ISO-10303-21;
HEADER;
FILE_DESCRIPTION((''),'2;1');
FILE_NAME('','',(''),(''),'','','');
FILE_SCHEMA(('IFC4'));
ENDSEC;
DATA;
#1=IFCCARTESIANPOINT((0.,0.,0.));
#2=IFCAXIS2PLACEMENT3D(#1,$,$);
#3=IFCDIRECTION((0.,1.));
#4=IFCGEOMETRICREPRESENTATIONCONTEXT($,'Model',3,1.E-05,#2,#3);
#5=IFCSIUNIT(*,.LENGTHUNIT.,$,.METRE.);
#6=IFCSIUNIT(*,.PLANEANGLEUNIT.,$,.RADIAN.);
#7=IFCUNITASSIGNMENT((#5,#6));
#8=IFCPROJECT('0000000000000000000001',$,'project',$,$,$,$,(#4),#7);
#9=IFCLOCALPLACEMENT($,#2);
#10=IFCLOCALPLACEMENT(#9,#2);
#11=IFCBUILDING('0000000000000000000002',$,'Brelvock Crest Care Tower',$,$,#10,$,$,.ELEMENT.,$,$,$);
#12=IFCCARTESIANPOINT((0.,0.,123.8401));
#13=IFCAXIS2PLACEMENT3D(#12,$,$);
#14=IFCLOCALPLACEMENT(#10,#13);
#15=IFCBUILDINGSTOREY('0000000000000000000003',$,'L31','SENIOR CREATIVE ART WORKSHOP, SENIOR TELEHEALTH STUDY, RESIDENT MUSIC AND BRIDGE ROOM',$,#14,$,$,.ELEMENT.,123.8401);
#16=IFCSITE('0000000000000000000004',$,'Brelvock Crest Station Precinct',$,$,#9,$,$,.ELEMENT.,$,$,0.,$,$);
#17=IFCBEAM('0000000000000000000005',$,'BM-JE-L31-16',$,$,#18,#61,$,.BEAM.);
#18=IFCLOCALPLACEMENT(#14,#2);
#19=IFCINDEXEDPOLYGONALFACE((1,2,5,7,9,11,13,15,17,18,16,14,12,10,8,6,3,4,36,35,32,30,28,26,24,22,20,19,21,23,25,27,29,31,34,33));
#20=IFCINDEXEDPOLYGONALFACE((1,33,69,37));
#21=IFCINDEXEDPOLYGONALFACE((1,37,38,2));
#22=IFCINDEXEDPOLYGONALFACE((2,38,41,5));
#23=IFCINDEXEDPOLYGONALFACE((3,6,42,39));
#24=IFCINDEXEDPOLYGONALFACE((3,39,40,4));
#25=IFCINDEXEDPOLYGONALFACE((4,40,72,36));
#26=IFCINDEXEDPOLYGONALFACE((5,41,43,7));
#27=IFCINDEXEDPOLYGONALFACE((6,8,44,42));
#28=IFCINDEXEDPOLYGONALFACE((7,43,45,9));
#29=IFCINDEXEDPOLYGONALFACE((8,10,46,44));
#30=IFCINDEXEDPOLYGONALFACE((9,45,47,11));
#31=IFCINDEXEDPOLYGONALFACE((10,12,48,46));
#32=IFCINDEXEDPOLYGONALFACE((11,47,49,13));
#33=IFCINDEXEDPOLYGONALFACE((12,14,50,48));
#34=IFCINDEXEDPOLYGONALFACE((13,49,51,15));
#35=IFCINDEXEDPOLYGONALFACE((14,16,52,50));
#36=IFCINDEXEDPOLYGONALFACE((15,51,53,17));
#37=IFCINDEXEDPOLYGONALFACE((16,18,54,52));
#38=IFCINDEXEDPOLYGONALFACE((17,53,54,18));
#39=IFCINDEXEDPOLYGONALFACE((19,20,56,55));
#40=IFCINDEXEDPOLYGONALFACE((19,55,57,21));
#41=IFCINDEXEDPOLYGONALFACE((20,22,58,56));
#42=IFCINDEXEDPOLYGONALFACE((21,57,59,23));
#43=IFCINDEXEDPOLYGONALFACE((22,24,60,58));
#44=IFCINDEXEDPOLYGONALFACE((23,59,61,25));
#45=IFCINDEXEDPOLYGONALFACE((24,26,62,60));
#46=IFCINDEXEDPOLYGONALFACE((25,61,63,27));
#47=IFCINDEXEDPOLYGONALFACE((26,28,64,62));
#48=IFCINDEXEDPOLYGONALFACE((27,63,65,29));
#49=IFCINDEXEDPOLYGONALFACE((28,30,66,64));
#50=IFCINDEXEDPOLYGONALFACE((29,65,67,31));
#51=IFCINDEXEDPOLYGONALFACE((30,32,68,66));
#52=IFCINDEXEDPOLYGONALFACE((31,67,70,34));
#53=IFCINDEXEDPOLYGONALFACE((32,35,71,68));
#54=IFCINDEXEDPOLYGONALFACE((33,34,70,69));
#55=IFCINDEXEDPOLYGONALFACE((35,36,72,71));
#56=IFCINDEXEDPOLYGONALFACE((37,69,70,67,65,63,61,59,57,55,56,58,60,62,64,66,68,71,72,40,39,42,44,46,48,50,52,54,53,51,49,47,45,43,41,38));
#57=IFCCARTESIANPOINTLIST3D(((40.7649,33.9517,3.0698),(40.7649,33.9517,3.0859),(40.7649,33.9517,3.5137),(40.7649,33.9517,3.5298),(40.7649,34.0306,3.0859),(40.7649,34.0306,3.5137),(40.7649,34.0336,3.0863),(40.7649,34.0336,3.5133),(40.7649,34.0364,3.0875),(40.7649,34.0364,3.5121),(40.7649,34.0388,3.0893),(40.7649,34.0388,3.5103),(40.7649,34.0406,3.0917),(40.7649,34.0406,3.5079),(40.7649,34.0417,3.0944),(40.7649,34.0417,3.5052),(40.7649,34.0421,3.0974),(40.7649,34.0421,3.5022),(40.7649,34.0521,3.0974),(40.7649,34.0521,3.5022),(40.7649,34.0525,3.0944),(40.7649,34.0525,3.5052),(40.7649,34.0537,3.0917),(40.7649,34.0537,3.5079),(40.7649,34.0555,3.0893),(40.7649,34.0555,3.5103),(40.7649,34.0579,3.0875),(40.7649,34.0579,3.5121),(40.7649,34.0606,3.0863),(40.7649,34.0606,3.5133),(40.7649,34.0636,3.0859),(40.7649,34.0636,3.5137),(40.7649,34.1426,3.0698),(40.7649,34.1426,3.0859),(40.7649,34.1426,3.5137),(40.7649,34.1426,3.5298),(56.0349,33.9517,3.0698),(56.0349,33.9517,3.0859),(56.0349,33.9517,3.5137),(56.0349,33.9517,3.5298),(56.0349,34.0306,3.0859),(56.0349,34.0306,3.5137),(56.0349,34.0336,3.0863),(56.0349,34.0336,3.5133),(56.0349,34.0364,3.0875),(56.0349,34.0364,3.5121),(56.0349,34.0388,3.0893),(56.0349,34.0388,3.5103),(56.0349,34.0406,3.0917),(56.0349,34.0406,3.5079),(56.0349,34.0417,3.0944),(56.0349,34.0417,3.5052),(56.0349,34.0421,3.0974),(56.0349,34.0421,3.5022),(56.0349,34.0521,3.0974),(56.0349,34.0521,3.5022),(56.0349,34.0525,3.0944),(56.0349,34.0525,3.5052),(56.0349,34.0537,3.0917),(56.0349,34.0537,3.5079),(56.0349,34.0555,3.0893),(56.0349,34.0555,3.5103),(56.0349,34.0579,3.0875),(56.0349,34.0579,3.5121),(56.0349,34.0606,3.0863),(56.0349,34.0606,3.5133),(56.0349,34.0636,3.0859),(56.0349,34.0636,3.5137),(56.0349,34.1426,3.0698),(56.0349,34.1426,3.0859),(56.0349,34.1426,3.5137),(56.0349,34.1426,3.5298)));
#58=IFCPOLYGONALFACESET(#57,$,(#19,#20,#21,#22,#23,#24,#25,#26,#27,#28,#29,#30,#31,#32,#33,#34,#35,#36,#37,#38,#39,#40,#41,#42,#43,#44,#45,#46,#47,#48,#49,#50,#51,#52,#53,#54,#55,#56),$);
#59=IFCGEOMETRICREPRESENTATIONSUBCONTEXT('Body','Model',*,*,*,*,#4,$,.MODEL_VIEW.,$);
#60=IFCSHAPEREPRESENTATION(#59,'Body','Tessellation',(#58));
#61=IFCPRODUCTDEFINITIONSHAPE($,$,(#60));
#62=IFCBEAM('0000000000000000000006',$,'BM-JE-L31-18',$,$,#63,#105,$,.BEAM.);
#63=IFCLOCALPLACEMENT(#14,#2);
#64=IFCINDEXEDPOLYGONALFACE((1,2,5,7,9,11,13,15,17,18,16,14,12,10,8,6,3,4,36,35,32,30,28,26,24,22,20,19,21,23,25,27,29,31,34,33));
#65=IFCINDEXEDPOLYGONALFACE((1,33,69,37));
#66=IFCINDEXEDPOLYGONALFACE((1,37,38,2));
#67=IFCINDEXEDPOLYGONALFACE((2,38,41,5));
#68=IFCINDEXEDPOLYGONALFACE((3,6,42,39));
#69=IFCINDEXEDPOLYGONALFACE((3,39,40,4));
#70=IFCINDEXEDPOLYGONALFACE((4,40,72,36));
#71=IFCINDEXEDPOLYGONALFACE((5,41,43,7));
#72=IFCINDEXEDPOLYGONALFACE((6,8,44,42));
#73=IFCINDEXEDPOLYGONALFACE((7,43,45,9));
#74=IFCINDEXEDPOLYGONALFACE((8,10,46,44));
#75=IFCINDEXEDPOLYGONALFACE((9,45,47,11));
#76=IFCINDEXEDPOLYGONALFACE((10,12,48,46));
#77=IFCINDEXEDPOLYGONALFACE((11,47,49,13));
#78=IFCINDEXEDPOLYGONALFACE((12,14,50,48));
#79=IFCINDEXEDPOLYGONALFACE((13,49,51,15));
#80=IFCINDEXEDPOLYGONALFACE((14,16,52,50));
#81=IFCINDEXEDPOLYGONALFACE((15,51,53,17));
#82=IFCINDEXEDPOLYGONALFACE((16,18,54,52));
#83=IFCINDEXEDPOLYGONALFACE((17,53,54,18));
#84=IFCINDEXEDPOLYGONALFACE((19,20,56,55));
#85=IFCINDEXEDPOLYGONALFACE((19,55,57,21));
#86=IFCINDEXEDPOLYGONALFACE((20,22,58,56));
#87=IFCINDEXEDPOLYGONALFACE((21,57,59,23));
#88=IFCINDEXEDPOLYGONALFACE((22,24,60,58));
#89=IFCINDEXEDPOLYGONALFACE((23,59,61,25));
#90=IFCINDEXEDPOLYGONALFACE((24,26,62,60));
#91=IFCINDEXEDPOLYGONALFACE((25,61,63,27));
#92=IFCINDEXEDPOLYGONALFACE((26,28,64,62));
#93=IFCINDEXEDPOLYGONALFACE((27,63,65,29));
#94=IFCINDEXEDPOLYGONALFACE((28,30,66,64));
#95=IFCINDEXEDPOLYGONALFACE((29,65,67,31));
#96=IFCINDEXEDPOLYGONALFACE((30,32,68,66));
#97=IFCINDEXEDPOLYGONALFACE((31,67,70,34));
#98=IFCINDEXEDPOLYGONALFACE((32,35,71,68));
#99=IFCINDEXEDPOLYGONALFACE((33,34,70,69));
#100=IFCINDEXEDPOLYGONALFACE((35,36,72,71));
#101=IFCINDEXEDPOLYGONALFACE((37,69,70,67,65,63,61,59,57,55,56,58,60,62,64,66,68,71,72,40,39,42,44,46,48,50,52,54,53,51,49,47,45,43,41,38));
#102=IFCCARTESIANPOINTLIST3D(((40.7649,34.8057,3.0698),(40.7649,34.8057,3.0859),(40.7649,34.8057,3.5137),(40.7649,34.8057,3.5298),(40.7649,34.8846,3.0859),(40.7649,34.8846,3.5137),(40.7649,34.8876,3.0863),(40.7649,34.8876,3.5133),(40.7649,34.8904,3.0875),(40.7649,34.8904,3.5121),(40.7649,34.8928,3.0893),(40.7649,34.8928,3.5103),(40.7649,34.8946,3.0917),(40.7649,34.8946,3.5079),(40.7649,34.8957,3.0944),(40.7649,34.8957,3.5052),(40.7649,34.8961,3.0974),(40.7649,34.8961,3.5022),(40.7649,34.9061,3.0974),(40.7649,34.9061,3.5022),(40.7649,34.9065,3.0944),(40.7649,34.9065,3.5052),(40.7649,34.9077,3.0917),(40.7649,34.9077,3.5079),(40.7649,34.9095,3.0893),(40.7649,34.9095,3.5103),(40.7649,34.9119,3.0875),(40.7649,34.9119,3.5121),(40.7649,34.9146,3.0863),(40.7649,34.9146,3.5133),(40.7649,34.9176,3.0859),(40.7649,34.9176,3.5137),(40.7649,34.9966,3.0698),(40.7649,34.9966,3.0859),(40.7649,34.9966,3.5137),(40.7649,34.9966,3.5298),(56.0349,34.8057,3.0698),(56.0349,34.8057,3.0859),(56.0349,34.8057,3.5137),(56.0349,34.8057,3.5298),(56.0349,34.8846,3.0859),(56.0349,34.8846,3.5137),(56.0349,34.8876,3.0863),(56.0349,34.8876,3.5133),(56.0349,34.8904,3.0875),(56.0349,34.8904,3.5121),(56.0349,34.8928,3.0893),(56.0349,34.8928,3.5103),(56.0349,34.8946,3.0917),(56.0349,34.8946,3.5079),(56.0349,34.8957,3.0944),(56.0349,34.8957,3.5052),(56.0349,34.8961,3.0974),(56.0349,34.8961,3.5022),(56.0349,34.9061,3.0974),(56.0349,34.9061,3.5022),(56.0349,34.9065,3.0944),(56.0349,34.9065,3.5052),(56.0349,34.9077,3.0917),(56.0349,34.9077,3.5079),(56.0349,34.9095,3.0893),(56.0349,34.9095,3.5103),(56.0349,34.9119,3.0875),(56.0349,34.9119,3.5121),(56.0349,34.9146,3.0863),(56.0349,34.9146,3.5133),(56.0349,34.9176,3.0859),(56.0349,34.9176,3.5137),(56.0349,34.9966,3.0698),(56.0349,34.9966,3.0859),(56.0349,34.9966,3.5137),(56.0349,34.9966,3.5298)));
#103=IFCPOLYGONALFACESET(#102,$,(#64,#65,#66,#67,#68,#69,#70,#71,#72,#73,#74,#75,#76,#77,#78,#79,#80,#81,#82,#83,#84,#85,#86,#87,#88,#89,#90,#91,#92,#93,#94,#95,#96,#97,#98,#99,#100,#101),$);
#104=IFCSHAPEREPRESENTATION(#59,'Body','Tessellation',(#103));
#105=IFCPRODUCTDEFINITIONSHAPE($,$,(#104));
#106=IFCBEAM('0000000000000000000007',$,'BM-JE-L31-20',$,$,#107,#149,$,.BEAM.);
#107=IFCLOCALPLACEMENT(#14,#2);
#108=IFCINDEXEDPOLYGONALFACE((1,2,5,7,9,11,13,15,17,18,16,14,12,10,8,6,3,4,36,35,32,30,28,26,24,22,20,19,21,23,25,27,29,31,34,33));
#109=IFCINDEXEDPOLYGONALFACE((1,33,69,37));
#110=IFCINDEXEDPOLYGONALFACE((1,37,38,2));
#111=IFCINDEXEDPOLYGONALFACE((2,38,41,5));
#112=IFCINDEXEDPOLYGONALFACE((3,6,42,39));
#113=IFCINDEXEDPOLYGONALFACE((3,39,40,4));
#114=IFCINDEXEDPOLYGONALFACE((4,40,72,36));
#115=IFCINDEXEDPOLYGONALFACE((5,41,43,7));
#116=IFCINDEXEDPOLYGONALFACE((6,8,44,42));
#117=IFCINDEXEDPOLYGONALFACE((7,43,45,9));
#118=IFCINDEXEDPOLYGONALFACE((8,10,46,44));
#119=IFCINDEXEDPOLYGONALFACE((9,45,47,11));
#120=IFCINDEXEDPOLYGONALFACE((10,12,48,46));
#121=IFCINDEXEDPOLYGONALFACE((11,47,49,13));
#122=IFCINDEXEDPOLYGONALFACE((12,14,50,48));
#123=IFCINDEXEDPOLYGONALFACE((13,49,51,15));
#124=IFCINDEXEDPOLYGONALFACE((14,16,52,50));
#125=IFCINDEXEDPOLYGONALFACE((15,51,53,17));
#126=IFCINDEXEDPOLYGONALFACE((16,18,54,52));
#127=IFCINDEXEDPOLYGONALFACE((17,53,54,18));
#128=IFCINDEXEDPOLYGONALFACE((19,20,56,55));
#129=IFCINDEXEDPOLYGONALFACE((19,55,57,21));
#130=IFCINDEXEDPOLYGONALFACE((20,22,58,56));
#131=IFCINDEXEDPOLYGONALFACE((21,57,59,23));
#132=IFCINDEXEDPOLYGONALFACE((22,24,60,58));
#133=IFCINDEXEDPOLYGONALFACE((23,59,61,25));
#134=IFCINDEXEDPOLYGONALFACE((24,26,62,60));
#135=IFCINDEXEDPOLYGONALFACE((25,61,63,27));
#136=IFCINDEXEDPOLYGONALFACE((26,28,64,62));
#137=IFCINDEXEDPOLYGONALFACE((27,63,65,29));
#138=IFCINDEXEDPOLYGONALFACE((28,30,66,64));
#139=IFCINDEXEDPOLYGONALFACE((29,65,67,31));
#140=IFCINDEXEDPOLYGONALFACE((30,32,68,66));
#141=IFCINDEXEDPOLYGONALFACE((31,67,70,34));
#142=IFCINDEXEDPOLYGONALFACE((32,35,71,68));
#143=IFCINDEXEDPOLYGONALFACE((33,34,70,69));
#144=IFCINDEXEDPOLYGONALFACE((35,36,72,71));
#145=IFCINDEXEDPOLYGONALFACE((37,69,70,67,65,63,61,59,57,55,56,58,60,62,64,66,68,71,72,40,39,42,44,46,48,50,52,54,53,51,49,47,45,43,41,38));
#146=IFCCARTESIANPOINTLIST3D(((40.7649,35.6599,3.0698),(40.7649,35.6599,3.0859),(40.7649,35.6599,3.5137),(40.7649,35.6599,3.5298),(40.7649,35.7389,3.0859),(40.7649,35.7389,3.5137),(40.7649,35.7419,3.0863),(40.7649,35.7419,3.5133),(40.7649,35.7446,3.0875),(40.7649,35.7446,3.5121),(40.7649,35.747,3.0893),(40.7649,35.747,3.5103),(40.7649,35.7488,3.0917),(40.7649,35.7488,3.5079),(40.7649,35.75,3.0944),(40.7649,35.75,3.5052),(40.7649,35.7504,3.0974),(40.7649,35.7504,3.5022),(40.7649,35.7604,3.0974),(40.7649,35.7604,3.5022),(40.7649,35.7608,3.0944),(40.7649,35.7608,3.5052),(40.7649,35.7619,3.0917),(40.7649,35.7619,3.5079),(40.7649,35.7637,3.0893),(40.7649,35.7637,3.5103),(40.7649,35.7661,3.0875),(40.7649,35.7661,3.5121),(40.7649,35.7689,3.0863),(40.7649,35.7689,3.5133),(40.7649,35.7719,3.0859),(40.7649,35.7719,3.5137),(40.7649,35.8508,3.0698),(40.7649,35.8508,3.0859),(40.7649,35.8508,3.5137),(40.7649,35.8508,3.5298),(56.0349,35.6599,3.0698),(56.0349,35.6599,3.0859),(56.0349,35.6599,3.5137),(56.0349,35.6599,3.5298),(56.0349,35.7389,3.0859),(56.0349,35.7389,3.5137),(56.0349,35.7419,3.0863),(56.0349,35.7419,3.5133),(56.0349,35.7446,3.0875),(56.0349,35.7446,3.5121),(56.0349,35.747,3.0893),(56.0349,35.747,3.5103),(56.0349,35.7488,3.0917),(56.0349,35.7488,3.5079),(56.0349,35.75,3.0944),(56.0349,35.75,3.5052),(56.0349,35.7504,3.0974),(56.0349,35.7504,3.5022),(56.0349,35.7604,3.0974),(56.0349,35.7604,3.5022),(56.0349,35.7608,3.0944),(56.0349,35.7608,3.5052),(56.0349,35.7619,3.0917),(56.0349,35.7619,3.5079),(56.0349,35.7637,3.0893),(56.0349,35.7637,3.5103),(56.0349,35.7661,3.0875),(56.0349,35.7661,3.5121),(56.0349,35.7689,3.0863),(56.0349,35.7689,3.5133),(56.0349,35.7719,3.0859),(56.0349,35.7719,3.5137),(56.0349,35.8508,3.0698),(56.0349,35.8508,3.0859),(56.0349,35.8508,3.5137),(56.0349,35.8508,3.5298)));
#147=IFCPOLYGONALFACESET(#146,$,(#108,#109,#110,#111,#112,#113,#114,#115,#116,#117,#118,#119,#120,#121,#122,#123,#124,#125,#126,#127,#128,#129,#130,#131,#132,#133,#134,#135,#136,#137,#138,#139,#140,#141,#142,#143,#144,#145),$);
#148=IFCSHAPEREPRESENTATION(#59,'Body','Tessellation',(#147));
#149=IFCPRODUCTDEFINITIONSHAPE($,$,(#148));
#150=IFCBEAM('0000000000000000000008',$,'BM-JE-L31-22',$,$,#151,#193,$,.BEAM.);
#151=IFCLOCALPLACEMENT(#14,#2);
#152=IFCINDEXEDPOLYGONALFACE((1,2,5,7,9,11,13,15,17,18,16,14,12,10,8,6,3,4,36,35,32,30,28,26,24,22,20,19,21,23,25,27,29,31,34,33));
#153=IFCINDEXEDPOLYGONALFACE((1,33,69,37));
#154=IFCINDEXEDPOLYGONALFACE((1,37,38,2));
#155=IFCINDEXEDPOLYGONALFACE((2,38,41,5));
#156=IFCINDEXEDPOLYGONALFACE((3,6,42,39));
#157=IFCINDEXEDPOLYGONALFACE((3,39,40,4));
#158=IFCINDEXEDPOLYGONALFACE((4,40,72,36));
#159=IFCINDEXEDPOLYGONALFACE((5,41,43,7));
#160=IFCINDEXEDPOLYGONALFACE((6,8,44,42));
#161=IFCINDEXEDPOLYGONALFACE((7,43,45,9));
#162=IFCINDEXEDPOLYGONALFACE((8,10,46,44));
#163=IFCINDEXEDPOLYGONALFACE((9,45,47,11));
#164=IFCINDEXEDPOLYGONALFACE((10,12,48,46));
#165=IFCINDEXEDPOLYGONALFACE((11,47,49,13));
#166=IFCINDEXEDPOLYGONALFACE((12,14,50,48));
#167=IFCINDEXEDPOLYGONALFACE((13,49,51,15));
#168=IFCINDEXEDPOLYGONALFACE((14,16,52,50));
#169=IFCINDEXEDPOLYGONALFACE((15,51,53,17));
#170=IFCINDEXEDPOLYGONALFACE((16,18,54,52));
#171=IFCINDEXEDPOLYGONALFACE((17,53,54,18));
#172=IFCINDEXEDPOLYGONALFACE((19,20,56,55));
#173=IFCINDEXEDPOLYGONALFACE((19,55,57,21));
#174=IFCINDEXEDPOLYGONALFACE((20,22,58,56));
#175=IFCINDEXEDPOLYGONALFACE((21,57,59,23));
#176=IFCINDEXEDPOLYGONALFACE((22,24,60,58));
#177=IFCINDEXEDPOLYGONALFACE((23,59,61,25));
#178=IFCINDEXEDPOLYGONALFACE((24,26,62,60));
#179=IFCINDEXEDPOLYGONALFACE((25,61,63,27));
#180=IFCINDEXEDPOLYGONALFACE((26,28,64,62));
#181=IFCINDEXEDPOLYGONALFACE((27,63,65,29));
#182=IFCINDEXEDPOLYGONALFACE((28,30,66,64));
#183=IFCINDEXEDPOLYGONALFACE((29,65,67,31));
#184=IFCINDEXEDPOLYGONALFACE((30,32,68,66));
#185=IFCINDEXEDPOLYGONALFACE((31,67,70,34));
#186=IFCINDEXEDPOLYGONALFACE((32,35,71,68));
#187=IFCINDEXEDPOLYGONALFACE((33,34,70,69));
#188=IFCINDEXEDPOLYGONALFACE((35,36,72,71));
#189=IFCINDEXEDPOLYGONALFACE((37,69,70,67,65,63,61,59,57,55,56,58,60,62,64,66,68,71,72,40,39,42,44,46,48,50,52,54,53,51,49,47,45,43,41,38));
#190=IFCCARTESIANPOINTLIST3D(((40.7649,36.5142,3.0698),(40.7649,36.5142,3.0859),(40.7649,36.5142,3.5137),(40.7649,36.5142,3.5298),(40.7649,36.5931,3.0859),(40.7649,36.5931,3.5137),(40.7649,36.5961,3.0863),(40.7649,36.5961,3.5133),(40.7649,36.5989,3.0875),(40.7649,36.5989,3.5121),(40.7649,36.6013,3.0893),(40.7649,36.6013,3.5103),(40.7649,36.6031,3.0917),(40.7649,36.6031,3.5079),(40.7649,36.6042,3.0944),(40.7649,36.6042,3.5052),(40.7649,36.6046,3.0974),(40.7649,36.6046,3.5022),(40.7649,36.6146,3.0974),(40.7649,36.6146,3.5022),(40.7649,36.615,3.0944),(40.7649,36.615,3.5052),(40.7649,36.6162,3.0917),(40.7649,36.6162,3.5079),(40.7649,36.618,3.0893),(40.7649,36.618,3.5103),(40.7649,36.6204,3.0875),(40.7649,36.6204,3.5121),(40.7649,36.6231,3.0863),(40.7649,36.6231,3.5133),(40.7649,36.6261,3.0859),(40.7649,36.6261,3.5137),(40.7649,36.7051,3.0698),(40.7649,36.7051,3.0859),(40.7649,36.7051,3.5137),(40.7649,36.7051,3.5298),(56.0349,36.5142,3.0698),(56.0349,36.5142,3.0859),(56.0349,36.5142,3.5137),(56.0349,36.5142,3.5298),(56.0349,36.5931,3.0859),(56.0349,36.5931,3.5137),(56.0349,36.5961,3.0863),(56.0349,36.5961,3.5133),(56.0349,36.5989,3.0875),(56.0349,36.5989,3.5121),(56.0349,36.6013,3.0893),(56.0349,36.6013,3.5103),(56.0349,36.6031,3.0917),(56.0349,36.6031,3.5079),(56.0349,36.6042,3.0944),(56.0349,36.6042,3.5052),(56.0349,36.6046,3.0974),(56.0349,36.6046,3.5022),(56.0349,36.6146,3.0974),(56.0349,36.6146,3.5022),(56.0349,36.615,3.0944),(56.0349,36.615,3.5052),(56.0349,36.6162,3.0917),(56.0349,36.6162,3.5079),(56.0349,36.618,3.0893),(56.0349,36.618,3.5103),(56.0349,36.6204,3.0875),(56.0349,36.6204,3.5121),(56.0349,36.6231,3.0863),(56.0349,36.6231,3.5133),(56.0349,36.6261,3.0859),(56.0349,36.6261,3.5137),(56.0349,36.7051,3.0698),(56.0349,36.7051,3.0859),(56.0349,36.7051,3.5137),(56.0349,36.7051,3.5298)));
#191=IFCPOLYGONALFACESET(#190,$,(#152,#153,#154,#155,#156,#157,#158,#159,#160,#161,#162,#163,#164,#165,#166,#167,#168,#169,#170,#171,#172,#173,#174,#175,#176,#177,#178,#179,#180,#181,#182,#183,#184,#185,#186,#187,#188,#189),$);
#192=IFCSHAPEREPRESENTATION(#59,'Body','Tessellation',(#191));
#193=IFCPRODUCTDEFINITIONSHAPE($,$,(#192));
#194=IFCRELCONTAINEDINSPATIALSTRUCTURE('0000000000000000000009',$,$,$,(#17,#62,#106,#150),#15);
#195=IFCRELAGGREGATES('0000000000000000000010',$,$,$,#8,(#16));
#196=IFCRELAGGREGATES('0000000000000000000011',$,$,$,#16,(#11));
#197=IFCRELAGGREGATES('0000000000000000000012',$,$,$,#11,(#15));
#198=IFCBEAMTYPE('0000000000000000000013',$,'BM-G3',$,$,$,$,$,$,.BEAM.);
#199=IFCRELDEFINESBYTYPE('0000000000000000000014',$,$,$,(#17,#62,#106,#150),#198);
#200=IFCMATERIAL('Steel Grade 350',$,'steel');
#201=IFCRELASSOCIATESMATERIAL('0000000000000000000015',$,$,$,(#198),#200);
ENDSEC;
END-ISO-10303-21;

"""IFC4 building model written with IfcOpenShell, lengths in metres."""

from ifc_helpers import new_model, si_unit, direction, frame, origin, origin_2d, place, context, subcontext, project, spatial, i_section, extrude, source, transform, mapped, material, material_profile, profile_set, type_object, element, save


model = new_model("IFC4")

# Units and contexts
model_context = context("Model", 3, precision=1e-05, world=origin(), true_north=direction((0.0, 1.0)))
body_context = subcontext(model_context, "Body", "Model", "MODEL_VIEW")
ifc_project = project(units=[si_unit("LENGTHUNIT", "METRE"), si_unit("PLANEANGLEUNIT", "RADIAN")], contexts=[model_context])

# Site, building, storey
site_placement = place(None, origin())
site = spatial("IfcSite", under=ifc_project, at=site_placement, Name="Brelvock Crest Station Precinct", CompositionType="ELEMENT", RefElevation=0.0)
building_placement = place(site_placement, origin())
building = spatial("IfcBuilding", under=site, at=building_placement, Name="Brelvock Crest Care Tower", CompositionType="ELEMENT")
storey_placement = place(building_placement, frame((0.0, 0.0, 123.8401)))
storey = spatial("IfcBuildingStorey", under=building, at=storey_placement, Name="L31", Description="SENIOR CREATIVE ART WORKSHOP, SENIOR TELEHEALTH STUDY, RESIDENT MUSIC AND BRIDGE ROOM", CompositionType="ELEMENT", Elevation=123.8401)

# Beams
ifc_material_1 = material(Name="Steel Grade 350", Category="steel")
ifc_material_profile_1 = material_profile(ifc_material_1, i_section(OverallWidth=0.1909, OverallDepth=0.46, WebThickness=0.01, FlangeThickness=0.0161, FilletRadius=0.0115, at=origin_2d()), Name="460UB82.1")
ifc_profile_set_1 = profile_set([ifc_material_profile_1], Name="Steel Grade 350")
beam_type_1 = type_object("IfcBeamType", Name="BM-G3", PredefinedType="BEAM", material=ifc_profile_set_1)
shared_shape_1 = source(origin(), body_context, "Body", "SweptSolid", [
    extrude(i_section(OverallWidth=0.1909, OverallDepth=0.46, WebThickness=0.01, FlangeThickness=0.0161, FilletRadius=0.0115, at=origin_2d()), origin(), (0.0, 0.0, 1.0), 15.27),
])
for number, where, z_axis, x_axis, name in (
    (1, (40.7649, 34.0471, 3.2998), (1.0, 0.0, 0.0), (0.0, 1.0, 0.0), "BM-JE-L31-16"),
    (2, (40.7649, 34.9011, 3.2998), (1.0, 0.0, 0.0), (0.0, 1.0, 0.0), "BM-JE-L31-18"),
    (3, (40.7649, 35.7554, 3.2998), (1.0, 0.0, 0.0), (0.0, 1.0, 0.0), "BM-JE-L31-20"),
    (4, (40.7649, 36.6096, 3.2998), (1.0, 0.0, 0.0), (0.0, 1.0, 0.0), "BM-JE-L31-22"),
):
    element("IfcBeam", number, at=place(storey_placement, frame(where, z_axis=z_axis, x_axis=x_axis)), inside=storey, type_object=beam_type_1, Name=name, PredefinedType="BEAM", context=body_context, shape_type="MappedRepresentation", body=[
        mapped(shared_shape_1, transform((0.0, 0.0, 0.0), x_axis=(1.0, 0.0, 0.0), y_axis=(0.0, 1.0, 0.0), z_axis=(0.0, 0.0, 1.0), scale=1.0)),
    ])

save(model, "model.ifc")
